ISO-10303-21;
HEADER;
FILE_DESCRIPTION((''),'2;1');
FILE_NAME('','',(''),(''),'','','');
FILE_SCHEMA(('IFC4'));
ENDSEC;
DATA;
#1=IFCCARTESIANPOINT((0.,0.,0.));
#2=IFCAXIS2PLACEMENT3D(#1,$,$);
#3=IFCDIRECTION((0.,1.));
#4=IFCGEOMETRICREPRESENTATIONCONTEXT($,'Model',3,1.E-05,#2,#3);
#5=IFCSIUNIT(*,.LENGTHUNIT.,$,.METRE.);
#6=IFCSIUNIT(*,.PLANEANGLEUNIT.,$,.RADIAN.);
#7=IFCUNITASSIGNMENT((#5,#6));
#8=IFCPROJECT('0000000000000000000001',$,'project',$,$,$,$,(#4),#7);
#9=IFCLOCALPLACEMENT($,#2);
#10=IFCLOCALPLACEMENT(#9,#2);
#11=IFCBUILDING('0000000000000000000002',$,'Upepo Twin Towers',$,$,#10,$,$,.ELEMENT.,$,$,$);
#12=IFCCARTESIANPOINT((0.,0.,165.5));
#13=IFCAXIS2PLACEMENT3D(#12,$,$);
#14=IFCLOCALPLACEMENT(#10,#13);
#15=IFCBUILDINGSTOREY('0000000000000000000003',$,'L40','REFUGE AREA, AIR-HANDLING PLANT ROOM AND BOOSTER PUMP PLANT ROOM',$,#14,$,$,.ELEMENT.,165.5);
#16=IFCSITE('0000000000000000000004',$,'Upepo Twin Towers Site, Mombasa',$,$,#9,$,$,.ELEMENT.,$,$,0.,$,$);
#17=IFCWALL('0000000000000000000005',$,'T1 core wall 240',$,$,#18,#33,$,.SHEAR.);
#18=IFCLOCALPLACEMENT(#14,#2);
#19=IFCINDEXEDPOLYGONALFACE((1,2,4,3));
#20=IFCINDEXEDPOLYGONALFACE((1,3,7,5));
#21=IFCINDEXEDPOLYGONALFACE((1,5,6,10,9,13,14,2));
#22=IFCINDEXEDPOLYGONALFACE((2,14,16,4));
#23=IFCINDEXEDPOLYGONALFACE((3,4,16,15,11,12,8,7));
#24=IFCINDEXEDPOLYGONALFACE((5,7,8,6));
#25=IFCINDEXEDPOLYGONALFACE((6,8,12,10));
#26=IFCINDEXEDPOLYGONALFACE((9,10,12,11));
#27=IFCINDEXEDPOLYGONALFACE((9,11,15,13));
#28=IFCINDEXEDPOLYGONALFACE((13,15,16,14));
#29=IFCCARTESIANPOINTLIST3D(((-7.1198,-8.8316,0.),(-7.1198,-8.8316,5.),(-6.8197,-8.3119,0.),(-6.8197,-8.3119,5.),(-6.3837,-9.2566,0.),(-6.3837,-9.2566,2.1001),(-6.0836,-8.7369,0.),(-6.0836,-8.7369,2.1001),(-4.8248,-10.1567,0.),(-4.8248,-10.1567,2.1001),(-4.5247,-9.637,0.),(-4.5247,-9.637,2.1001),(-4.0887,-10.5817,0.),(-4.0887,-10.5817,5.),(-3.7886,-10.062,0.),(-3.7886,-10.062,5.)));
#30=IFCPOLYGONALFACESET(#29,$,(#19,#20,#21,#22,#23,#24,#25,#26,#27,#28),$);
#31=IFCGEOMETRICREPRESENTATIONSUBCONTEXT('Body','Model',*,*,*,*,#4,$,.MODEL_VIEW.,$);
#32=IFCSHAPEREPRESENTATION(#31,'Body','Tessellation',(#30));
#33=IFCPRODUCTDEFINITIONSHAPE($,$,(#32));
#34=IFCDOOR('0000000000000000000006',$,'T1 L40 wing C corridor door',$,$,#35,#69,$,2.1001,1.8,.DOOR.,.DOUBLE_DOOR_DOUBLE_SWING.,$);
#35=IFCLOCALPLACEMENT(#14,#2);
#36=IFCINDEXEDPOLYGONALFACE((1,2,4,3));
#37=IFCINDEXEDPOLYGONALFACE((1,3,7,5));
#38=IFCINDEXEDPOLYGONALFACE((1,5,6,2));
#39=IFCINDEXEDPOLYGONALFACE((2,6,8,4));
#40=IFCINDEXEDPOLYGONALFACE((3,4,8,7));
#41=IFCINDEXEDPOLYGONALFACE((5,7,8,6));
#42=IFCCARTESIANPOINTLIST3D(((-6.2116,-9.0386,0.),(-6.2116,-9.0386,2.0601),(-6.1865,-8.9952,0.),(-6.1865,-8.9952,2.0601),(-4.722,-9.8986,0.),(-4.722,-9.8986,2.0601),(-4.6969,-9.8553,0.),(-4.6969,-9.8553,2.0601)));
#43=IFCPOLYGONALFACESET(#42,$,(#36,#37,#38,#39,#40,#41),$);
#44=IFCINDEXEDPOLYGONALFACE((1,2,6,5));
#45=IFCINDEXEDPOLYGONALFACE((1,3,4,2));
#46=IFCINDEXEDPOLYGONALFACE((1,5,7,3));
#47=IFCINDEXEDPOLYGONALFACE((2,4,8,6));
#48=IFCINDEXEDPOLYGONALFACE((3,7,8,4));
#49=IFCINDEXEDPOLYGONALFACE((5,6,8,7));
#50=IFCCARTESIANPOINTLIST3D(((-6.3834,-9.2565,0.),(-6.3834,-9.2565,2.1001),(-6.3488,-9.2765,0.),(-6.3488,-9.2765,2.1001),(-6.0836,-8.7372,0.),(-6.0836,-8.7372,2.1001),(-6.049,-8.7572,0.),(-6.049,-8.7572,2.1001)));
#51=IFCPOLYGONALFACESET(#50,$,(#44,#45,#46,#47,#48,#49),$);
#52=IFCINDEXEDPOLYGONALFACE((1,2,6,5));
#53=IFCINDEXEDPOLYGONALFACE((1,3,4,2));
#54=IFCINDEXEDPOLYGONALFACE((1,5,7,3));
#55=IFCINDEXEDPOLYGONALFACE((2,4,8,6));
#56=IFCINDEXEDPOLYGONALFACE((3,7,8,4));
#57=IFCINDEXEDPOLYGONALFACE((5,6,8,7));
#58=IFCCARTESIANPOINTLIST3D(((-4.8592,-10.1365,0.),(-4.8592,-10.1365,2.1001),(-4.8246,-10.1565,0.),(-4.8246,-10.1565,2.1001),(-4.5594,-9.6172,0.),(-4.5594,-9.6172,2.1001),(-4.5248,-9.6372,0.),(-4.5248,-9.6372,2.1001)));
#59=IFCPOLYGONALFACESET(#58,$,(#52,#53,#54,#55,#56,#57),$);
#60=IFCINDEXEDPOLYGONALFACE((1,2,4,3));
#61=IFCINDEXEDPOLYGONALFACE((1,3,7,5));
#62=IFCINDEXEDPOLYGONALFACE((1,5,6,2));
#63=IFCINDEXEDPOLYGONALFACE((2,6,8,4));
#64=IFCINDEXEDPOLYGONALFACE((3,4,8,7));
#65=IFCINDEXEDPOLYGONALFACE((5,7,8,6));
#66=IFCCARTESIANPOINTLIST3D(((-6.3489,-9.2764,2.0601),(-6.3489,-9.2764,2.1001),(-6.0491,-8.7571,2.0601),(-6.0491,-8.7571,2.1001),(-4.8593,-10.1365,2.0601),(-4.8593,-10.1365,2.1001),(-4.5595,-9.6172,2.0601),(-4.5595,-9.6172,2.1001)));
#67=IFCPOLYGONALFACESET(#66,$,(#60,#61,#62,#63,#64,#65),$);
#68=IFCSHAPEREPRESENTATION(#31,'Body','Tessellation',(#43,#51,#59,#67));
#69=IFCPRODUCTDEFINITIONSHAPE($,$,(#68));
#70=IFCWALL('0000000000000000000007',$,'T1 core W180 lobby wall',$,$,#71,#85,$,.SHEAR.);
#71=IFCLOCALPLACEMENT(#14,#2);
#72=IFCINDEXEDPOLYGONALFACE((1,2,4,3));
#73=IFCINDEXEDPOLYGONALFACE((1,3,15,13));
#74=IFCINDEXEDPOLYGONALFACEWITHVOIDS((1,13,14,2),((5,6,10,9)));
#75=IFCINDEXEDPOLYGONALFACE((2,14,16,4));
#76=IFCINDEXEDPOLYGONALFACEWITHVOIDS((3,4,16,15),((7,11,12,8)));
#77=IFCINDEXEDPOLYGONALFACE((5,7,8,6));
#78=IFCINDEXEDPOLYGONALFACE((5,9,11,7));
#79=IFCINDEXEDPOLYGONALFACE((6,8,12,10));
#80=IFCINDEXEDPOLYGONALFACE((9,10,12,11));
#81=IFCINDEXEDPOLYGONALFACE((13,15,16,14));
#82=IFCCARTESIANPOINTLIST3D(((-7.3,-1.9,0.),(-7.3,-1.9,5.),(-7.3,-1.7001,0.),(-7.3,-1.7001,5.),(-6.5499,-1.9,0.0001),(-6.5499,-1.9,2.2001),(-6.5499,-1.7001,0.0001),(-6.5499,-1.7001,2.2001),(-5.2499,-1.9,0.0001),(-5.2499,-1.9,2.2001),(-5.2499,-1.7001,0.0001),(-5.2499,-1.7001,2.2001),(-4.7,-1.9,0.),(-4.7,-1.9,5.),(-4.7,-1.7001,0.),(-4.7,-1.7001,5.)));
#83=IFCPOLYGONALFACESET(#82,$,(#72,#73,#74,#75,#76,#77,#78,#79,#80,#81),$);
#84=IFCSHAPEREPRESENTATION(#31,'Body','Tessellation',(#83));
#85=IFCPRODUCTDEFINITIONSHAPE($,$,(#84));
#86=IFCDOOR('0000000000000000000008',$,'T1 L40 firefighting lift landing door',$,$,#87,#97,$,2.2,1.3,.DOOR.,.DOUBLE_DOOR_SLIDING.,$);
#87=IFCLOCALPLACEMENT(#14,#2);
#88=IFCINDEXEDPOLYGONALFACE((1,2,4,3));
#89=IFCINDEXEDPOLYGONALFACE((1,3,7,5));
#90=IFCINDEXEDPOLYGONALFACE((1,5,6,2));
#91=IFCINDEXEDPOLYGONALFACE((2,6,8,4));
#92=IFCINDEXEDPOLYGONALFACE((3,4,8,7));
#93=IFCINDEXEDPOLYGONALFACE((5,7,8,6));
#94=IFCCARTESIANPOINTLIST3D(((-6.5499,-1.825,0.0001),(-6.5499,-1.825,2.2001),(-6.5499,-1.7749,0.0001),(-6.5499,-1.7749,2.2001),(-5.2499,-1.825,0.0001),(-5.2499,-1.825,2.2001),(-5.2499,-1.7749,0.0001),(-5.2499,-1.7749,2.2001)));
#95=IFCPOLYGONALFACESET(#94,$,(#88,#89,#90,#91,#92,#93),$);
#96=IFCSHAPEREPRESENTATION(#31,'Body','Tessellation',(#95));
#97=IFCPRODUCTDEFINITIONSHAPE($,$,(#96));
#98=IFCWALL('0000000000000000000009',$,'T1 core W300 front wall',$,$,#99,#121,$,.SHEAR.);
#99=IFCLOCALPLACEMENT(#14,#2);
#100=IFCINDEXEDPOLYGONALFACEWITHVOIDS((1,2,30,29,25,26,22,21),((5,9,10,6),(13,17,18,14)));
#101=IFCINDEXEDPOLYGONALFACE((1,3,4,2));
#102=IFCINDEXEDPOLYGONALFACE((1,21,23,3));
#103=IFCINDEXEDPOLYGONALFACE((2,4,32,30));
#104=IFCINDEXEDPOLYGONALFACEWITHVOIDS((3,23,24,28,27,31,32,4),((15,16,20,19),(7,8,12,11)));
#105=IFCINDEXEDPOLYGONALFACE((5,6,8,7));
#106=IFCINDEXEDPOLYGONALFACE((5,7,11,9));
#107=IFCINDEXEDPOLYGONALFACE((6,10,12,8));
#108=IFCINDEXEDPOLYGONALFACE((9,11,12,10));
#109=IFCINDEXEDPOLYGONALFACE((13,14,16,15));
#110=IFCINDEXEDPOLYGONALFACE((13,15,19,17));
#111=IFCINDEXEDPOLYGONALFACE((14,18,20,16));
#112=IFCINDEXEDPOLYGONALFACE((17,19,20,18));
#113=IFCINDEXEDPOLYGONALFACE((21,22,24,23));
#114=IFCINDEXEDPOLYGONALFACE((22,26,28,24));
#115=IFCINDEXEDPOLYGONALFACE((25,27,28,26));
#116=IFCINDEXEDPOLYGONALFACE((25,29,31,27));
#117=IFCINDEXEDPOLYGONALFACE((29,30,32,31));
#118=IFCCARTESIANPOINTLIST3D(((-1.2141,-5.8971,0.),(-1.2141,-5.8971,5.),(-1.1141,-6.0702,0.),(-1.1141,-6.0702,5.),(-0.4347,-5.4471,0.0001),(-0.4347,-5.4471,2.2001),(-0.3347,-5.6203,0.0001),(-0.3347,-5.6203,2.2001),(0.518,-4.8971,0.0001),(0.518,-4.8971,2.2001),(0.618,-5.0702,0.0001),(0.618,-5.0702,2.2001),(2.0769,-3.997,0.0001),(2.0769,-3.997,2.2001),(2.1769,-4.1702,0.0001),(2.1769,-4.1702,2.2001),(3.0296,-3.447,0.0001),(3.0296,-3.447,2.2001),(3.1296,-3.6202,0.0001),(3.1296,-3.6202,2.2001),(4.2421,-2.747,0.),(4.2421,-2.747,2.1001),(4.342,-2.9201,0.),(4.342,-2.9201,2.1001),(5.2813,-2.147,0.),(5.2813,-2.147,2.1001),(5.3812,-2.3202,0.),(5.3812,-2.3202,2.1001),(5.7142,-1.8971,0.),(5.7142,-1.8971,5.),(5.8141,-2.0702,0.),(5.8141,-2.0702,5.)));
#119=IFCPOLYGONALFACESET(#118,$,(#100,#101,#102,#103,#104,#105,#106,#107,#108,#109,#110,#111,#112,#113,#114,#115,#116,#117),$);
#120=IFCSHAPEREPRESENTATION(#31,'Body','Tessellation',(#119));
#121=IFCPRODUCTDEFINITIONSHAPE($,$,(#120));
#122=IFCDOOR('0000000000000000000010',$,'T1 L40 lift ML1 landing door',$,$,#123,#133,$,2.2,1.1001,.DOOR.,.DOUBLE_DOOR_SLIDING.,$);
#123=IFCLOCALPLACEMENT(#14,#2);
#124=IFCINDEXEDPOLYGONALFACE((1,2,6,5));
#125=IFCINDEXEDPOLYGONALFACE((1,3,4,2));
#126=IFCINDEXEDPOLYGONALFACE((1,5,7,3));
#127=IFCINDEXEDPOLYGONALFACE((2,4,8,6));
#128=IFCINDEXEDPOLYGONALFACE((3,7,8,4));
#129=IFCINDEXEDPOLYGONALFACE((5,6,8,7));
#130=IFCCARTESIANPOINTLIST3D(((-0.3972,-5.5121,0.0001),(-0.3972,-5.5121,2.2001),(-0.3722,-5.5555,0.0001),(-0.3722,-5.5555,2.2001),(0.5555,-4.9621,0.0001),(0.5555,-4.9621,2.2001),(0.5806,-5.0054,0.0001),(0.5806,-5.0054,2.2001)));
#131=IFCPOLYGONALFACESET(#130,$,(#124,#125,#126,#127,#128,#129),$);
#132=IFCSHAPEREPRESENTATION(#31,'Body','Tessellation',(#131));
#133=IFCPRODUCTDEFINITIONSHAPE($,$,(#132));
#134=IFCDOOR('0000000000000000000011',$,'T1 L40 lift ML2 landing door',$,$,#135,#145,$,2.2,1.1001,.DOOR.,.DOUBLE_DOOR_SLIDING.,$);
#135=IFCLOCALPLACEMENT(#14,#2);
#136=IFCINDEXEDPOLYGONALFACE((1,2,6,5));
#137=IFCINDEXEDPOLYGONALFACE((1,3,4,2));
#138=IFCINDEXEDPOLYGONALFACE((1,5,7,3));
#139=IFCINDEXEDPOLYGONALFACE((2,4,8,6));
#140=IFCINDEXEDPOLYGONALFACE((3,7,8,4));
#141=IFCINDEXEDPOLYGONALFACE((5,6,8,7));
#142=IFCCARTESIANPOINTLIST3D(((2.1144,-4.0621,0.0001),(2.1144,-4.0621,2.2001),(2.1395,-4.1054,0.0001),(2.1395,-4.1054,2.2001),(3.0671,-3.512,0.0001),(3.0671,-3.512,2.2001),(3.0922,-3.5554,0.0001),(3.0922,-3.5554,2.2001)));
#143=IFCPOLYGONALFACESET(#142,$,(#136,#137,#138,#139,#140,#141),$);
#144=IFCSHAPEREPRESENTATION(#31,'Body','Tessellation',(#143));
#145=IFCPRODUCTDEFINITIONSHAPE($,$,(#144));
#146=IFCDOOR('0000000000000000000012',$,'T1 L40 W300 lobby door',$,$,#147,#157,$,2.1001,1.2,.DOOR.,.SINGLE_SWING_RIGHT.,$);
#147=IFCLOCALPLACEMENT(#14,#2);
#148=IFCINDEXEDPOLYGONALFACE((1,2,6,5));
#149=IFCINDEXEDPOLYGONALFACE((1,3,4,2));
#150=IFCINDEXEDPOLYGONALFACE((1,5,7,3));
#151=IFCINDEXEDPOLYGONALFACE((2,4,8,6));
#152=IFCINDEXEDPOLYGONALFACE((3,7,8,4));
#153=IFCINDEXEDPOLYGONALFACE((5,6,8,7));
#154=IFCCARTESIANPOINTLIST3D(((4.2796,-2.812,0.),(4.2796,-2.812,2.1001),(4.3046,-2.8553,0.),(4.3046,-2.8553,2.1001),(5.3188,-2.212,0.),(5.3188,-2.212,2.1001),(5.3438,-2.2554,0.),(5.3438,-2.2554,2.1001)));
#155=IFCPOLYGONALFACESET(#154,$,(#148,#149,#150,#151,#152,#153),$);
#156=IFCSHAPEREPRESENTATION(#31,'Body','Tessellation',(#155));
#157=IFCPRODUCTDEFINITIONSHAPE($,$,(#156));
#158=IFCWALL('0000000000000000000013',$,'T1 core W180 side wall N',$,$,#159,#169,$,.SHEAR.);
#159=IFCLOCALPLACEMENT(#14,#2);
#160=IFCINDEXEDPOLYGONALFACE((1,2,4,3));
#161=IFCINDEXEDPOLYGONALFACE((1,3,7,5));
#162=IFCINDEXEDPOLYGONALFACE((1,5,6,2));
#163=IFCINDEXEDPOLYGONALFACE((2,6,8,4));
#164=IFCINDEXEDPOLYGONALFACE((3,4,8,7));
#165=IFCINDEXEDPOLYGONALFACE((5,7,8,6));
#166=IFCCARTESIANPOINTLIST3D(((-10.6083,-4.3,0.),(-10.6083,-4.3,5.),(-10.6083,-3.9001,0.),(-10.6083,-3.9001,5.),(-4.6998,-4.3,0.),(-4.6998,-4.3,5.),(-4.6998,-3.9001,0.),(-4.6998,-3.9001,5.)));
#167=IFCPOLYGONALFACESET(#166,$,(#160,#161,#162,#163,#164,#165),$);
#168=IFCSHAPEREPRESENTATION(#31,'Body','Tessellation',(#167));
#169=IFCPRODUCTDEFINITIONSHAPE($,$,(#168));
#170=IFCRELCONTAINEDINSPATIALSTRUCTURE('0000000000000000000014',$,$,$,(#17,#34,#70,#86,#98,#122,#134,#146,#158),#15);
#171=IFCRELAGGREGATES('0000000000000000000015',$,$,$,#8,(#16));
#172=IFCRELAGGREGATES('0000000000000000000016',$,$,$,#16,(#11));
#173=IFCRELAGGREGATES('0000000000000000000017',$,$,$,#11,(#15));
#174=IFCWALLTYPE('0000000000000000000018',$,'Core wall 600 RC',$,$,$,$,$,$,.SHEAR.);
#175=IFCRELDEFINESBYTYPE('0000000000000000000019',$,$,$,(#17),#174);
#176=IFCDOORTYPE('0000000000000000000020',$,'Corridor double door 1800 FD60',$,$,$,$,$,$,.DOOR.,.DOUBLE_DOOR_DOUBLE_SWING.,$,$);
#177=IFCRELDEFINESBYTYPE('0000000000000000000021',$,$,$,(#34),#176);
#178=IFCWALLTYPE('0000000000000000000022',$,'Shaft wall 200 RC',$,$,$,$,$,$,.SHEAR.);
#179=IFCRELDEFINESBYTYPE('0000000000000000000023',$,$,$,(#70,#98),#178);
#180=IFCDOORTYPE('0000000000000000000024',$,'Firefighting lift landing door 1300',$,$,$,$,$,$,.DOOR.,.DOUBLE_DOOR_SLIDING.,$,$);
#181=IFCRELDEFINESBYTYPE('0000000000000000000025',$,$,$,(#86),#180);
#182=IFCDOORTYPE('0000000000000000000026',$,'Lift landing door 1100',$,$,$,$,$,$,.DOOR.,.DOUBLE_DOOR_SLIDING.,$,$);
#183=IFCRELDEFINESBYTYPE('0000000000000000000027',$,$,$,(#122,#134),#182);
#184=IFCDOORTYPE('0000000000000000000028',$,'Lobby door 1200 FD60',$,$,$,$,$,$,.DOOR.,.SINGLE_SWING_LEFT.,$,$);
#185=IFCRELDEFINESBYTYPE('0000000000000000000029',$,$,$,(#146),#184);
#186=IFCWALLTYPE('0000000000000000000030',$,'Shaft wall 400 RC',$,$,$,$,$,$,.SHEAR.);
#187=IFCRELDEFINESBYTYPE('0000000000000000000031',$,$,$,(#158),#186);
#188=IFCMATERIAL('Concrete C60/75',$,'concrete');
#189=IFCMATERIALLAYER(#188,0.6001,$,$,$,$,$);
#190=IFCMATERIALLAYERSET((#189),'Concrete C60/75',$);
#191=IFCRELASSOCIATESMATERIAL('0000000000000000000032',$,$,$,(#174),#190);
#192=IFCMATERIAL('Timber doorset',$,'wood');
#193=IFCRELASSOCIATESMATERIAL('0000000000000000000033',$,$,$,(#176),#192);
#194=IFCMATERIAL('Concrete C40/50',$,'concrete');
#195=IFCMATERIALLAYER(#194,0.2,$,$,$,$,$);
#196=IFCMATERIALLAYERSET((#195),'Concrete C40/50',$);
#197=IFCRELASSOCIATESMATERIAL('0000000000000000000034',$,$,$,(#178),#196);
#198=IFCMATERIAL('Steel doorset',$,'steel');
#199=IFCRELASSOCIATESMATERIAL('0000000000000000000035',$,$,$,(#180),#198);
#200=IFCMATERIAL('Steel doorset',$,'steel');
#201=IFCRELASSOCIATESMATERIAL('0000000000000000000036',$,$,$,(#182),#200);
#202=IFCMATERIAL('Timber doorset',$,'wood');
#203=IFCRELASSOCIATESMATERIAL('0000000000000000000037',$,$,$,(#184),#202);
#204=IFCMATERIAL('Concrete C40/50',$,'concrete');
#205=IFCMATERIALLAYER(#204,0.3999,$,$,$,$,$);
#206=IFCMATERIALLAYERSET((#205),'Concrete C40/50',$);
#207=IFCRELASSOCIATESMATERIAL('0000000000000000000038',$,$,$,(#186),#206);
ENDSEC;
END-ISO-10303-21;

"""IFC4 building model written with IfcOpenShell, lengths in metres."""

from ifc_helpers import new_model, si_unit, direction, frame, frame_2d, origin, place, context, subcontext, project, spatial, rectangle, extrude, material, layer, layer_set, type_object, element, fill, save


model = new_model("IFC4")

# Units and contexts
model_context = context("Model", 3, precision=1e-05, world=origin(), true_north=direction((0.0, 1.0)))
body_context = subcontext(model_context, "Body", "Model", "MODEL_VIEW")
ifc_project = project(units=[si_unit("LENGTHUNIT", "METRE"), si_unit("PLANEANGLEUNIT", "RADIAN")], contexts=[model_context])

# Site, building, storey
site_placement = place(None, origin())
site = spatial("IfcSite", under=ifc_project, at=site_placement, Name="Upepo Twin Towers Site, Mombasa", CompositionType="ELEMENT", RefElevation=0.0)
building_placement = place(site_placement, origin())
building = spatial("IfcBuilding", under=site, at=building_placement, Name="Upepo Twin Towers", CompositionType="ELEMENT")
storey_placement = place(building_placement, frame((0.0, 0.0, 165.5)))
storey = spatial("IfcBuildingStorey", under=building, at=storey_placement, Name="L40", Description="REFUGE AREA, AIR-HANDLING PLANT ROOM AND BOOSTER PUMP PLANT ROOM", CompositionType="ELEMENT", Elevation=165.5)

# Shared definitions
ifc_material_1 = material(Name="Concrete C60/75", Category="concrete")
ifc_layer_1 = layer(ifc_material_1, 0.6001)
ifc_layer_set_1 = layer_set([ifc_layer_1], Name="Concrete C60/75")
wall_type_1 = type_object("IfcWallType", Name="Core wall 600 RC", PredefinedType="SHEAR", material=ifc_layer_set_1)

# Walls, openings, doors
wall_1_placement = place(storey_placement, frame((-6.9697, -8.5718, 0.0), z_axis=(0.0, 0.0, 1.0), x_axis=(0.866019, -0.50001, 0.0)))
wall_1 = element("IfcWall", 1, at=wall_1_placement, inside=storey, type_object=wall_type_1, Name="T1 core wall 240", PredefinedType="SHEAR", context=body_context, shape_type="SweptSolid", body=[
    extrude(rectangle(XDim=3.5, YDim=0.6001, at=frame_2d((1.75, 0.0))), origin(), (0.0, 0.0, 1.0), 5.0),
])
opening_1_placement = place(wall_1_placement, frame((0.8501, 0.0, 0.0)))
opening_1 = element("IfcOpeningElement", 2, at=opening_1_placement, cuts=wall_1, PredefinedType="OPENING", context=body_context, shape_type="SweptSolid", body=[
    extrude(rectangle(XDim=1.8, YDim=2.1001, at=frame_2d((0.8999, 1.05))), frame((0.0, 0.3101, 0.0), z_axis=(0.0, -1.0, 0.0), x_axis=(1.0, 0.0, 0.0)), (0.0, 0.0, 1.0), 0.6201),
])
ifc_material_2 = material(Name="Timber doorset", Category="wood")
door_type_1 = type_object("IfcDoorType", Name="Corridor double door 1800 FD60", OperationType="DOUBLE_DOOR_DOUBLE_SWING", PredefinedType="DOOR", material=ifc_material_2)
door_1_placement = place(opening_1_placement, origin())
door_1 = element("IfcDoor", 3, at=door_1_placement, inside=storey, type_object=door_type_1, Name="T1 L40 wing C corridor door", OperationType="DOUBLE_DOOR_DOUBLE_SWING", OverallHeight=2.1001, OverallWidth=1.8, PredefinedType="DOOR", context=body_context, shape_type="SweptSolid", body=[
    extrude(rectangle(XDim=1.72, YDim=2.0601, at=frame_2d((0.8999, 1.03))), frame((0.0, 0.0249, 0.0), z_axis=(0.0, -1.0, 0.0), x_axis=(1.0, 0.0, 0.0)), (0.0, 0.0, 1.0), 0.05),
    extrude(rectangle(XDim=0.04, YDim=2.1001, at=frame_2d((0.02, 1.05))), frame((0.0, 0.2998, 0.0), z_axis=(0.0, -1.0, 0.0), x_axis=(1.0, 0.0, 0.0)), (0.0, 0.0, 1.0), 0.5996),
    extrude(rectangle(XDim=0.04, YDim=2.1001, at=frame_2d((1.78, 1.05))), frame((0.0, 0.2998, 0.0), z_axis=(0.0, -1.0, 0.0), x_axis=(1.0, 0.0, 0.0)), (0.0, 0.0, 1.0), 0.5996),
    extrude(rectangle(XDim=1.72, YDim=0.04, at=frame_2d((0.8999, 2.0801))), frame((0.0, 0.2998, 0.0), z_axis=(0.0, -1.0, 0.0), x_axis=(1.0, 0.0, 0.0)), (0.0, 0.0, 1.0), 0.5996),
])
fill(opening_1, door_1)
ifc_material_3 = material(Name="Concrete C40/50", Category="concrete")
ifc_layer_2 = layer(ifc_material_3, 0.2)
ifc_layer_set_2 = layer_set([ifc_layer_2], Name="Concrete C40/50")
wall_type_2 = type_object("IfcWallType", Name="Shaft wall 200 RC", PredefinedType="SHEAR", material=ifc_layer_set_2)
wall_2_placement = place(storey_placement, frame((-4.7, -1.8, 0.0), z_axis=(0.0, 0.0, 1.0), x_axis=(-1.0, 0.0, 0.0)))
wall_2 = element("IfcWall", 4, at=wall_2_placement, inside=storey, type_object=wall_type_2, Name="T1 core W180 lobby wall", PredefinedType="SHEAR", context=body_context, shape_type="SweptSolid", body=[
    extrude(rectangle(XDim=2.6001, YDim=0.2, at=frame_2d((1.3, 0.0))), origin(), (0.0, 0.0, 1.0), 5.0),
])
opening_2_placement = place(wall_2_placement, frame((0.55, 0.0, 0.0)))
opening_2 = element("IfcOpeningElement", 5, at=opening_2_placement, cuts=wall_2, PredefinedType="OPENING", context=body_context, shape_type="SweptSolid", body=[
    extrude(rectangle(XDim=1.3, YDim=2.2, at=frame_2d((0.6499, 1.1001))), frame((0.0, 0.1099, 0.0), z_axis=(0.0, -1.0, 0.0), x_axis=(1.0, 0.0, 0.0)), (0.0, 0.0, 1.0), 0.22),
])
ifc_material_4 = material(Name="Steel doorset", Category="steel")
door_type_2 = type_object("IfcDoorType", Name="Firefighting lift landing door 1300", OperationType="DOUBLE_DOOR_SLIDING", PredefinedType="DOOR", material=ifc_material_4)
door_2_placement = place(opening_2_placement, origin())
door_2 = element("IfcDoor", 6, at=door_2_placement, inside=storey, type_object=door_type_2, Name="T1 L40 firefighting lift landing door", OperationType="DOUBLE_DOOR_SLIDING", OverallHeight=2.2, OverallWidth=1.3, PredefinedType="DOOR", context=body_context, shape_type="SweptSolid", body=[
    extrude(rectangle(XDim=1.3, YDim=2.2, at=frame_2d((0.6499, 1.1001))), frame((0.0, 0.0249, 0.0), z_axis=(0.0, -1.0, 0.0), x_axis=(1.0, 0.0, 0.0)), (0.0, 0.0, 1.0), 0.05),
])
fill(opening_2, door_2)

# Wall, openings, doors
wall_3_placement = place(storey_placement, frame((-1.1641, -5.9836, 0.0), z_axis=(0.0, 0.0, 1.0), x_axis=(0.866026, 0.499999, 0.0)))
wall_3 = element("IfcWall", 7, at=wall_3_placement, inside=storey, type_object=wall_type_2, Name="T1 core W300 front wall", PredefinedType="SHEAR", context=body_context, shape_type="SweptSolid", body=[
    extrude(rectangle(XDim=8.0, YDim=0.2, at=frame_2d((4.0, 0.0))), origin(), (0.0, 0.0, 1.0), 5.0),
])
opening_3_placement = place(wall_3_placement, frame((6.3, 0.0, 0.0)))
opening_3 = element("IfcOpeningElement", 8, at=opening_3_placement, cuts=wall_3, PredefinedType="OPENING", context=body_context, shape_type="SweptSolid", body=[
    extrude(rectangle(XDim=1.2, YDim=2.1001, at=frame_2d((0.6001, 1.05))), frame((0.0, 0.1099, 0.0), z_axis=(0.0, -1.0, 0.0), x_axis=(1.0, 0.0, 0.0)), (0.0, 0.0, 1.0), 0.22),
])
opening_4_placement = place(wall_3_placement, frame((0.8999, 0.0, 0.0)))
opening_4 = element("IfcOpeningElement", 9, at=opening_4_placement, cuts=wall_3, PredefinedType="OPENING", context=body_context, shape_type="SweptSolid", body=[
    extrude(rectangle(XDim=1.1001, YDim=2.2, at=frame_2d((0.55, 1.1001))), frame((0.0, 0.1099, 0.0), z_axis=(0.0, -1.0, 0.0), x_axis=(1.0, 0.0, 0.0)), (0.0, 0.0, 1.0), 0.22),
])
opening_5_placement = place(wall_3_placement, frame((3.8, 0.0, 0.0)))
opening_5 = element("IfcOpeningElement", 10, at=opening_5_placement, cuts=wall_3, PredefinedType="OPENING", context=body_context, shape_type="SweptSolid", body=[
    extrude(rectangle(XDim=1.1001, YDim=2.2, at=frame_2d((0.55, 1.1001))), frame((0.0, 0.1099, 0.0), z_axis=(0.0, -1.0, 0.0), x_axis=(1.0, 0.0, 0.0)), (0.0, 0.0, 1.0), 0.22),
])
ifc_material_5 = material(Name="Steel doorset", Category="steel")
door_type_3 = type_object("IfcDoorType", Name="Lift landing door 1100", OperationType="DOUBLE_DOOR_SLIDING", PredefinedType="DOOR", material=ifc_material_5)
door_3_placement = place(opening_4_placement, origin())
door_3 = element("IfcDoor", 11, at=door_3_placement, inside=storey, type_object=door_type_3, Name="T1 L40 lift ML1 landing door", OperationType="DOUBLE_DOOR_SLIDING", OverallHeight=2.2, OverallWidth=1.1001, PredefinedType="DOOR", context=body_context, shape_type="SweptSolid", body=[
    extrude(rectangle(XDim=1.1001, YDim=2.2, at=frame_2d((0.55, 1.1001))), frame((0.0, 0.0249, 0.0), z_axis=(0.0, -1.0, 0.0), x_axis=(1.0, 0.0, 0.0)), (0.0, 0.0, 1.0), 0.05),
])
fill(opening_4, door_3)
door_4_placement = place(opening_5_placement, origin())
door_4 = element("IfcDoor", 12, at=door_4_placement, inside=storey, type_object=door_type_3, Name="T1 L40 lift ML2 landing door", OperationType="DOUBLE_DOOR_SLIDING", OverallHeight=2.2, OverallWidth=1.1001, PredefinedType="DOOR", context=body_context, shape_type="SweptSolid", body=[
    extrude(rectangle(XDim=1.1001, YDim=2.2, at=frame_2d((0.55, 1.1001))), frame((0.0, 0.0249, 0.0), z_axis=(0.0, -1.0, 0.0), x_axis=(1.0, 0.0, 0.0)), (0.0, 0.0, 1.0), 0.05),
])
fill(opening_5, door_4)
ifc_material_6 = material(Name="Timber doorset", Category="wood")
door_type_4 = type_object("IfcDoorType", Name="Lobby door 1200 FD60", OperationType="SINGLE_SWING_LEFT", PredefinedType="DOOR", material=ifc_material_6)
door_5_placement = place(opening_3_placement, origin())
door_5 = element("IfcDoor", 13, at=door_5_placement, inside=storey, type_object=door_type_4, Name="T1 L40 W300 lobby door", OperationType="SINGLE_SWING_RIGHT", OverallHeight=2.1001, OverallWidth=1.2, PredefinedType="DOOR", context=body_context, shape_type="SweptSolid", body=[
    extrude(rectangle(XDim=1.2, YDim=2.1001, at=frame_2d((0.6001, 1.05))), frame((0.0, 0.0249, 0.0), z_axis=(0.0, -1.0, 0.0), x_axis=(1.0, 0.0, 0.0)), (0.0, 0.0, 1.0), 0.05),
])
fill(opening_3, door_5)

# Wall
ifc_material_7 = material(Name="Concrete C40/50", Category="concrete")
ifc_layer_3 = layer(ifc_material_7, 0.3999)
ifc_layer_set_3 = layer_set([ifc_layer_3], Name="Concrete C40/50")
wall_type_3 = type_object("IfcWallType", Name="Shaft wall 400 RC", PredefinedType="SHEAR", material=ifc_layer_set_3)
wall_4_placement = place(storey_placement, frame((-4.7, -4.1001, 0.0), z_axis=(0.0, 0.0, 1.0), x_axis=(-1.0, 0.0, 0.0)))
element("IfcWall", 14, at=wall_4_placement, inside=storey, type_object=wall_type_3, Name="T1 core W180 side wall N", PredefinedType="SHEAR", context=body_context, shape_type="SweptSolid", body=[
    extrude(rectangle(XDim=5.9084, YDim=0.3999, at=frame_2d((2.9541, 0.0))), origin(), (0.0, 0.0, 1.0), 5.0),
])

save(model, "model.ifc")
